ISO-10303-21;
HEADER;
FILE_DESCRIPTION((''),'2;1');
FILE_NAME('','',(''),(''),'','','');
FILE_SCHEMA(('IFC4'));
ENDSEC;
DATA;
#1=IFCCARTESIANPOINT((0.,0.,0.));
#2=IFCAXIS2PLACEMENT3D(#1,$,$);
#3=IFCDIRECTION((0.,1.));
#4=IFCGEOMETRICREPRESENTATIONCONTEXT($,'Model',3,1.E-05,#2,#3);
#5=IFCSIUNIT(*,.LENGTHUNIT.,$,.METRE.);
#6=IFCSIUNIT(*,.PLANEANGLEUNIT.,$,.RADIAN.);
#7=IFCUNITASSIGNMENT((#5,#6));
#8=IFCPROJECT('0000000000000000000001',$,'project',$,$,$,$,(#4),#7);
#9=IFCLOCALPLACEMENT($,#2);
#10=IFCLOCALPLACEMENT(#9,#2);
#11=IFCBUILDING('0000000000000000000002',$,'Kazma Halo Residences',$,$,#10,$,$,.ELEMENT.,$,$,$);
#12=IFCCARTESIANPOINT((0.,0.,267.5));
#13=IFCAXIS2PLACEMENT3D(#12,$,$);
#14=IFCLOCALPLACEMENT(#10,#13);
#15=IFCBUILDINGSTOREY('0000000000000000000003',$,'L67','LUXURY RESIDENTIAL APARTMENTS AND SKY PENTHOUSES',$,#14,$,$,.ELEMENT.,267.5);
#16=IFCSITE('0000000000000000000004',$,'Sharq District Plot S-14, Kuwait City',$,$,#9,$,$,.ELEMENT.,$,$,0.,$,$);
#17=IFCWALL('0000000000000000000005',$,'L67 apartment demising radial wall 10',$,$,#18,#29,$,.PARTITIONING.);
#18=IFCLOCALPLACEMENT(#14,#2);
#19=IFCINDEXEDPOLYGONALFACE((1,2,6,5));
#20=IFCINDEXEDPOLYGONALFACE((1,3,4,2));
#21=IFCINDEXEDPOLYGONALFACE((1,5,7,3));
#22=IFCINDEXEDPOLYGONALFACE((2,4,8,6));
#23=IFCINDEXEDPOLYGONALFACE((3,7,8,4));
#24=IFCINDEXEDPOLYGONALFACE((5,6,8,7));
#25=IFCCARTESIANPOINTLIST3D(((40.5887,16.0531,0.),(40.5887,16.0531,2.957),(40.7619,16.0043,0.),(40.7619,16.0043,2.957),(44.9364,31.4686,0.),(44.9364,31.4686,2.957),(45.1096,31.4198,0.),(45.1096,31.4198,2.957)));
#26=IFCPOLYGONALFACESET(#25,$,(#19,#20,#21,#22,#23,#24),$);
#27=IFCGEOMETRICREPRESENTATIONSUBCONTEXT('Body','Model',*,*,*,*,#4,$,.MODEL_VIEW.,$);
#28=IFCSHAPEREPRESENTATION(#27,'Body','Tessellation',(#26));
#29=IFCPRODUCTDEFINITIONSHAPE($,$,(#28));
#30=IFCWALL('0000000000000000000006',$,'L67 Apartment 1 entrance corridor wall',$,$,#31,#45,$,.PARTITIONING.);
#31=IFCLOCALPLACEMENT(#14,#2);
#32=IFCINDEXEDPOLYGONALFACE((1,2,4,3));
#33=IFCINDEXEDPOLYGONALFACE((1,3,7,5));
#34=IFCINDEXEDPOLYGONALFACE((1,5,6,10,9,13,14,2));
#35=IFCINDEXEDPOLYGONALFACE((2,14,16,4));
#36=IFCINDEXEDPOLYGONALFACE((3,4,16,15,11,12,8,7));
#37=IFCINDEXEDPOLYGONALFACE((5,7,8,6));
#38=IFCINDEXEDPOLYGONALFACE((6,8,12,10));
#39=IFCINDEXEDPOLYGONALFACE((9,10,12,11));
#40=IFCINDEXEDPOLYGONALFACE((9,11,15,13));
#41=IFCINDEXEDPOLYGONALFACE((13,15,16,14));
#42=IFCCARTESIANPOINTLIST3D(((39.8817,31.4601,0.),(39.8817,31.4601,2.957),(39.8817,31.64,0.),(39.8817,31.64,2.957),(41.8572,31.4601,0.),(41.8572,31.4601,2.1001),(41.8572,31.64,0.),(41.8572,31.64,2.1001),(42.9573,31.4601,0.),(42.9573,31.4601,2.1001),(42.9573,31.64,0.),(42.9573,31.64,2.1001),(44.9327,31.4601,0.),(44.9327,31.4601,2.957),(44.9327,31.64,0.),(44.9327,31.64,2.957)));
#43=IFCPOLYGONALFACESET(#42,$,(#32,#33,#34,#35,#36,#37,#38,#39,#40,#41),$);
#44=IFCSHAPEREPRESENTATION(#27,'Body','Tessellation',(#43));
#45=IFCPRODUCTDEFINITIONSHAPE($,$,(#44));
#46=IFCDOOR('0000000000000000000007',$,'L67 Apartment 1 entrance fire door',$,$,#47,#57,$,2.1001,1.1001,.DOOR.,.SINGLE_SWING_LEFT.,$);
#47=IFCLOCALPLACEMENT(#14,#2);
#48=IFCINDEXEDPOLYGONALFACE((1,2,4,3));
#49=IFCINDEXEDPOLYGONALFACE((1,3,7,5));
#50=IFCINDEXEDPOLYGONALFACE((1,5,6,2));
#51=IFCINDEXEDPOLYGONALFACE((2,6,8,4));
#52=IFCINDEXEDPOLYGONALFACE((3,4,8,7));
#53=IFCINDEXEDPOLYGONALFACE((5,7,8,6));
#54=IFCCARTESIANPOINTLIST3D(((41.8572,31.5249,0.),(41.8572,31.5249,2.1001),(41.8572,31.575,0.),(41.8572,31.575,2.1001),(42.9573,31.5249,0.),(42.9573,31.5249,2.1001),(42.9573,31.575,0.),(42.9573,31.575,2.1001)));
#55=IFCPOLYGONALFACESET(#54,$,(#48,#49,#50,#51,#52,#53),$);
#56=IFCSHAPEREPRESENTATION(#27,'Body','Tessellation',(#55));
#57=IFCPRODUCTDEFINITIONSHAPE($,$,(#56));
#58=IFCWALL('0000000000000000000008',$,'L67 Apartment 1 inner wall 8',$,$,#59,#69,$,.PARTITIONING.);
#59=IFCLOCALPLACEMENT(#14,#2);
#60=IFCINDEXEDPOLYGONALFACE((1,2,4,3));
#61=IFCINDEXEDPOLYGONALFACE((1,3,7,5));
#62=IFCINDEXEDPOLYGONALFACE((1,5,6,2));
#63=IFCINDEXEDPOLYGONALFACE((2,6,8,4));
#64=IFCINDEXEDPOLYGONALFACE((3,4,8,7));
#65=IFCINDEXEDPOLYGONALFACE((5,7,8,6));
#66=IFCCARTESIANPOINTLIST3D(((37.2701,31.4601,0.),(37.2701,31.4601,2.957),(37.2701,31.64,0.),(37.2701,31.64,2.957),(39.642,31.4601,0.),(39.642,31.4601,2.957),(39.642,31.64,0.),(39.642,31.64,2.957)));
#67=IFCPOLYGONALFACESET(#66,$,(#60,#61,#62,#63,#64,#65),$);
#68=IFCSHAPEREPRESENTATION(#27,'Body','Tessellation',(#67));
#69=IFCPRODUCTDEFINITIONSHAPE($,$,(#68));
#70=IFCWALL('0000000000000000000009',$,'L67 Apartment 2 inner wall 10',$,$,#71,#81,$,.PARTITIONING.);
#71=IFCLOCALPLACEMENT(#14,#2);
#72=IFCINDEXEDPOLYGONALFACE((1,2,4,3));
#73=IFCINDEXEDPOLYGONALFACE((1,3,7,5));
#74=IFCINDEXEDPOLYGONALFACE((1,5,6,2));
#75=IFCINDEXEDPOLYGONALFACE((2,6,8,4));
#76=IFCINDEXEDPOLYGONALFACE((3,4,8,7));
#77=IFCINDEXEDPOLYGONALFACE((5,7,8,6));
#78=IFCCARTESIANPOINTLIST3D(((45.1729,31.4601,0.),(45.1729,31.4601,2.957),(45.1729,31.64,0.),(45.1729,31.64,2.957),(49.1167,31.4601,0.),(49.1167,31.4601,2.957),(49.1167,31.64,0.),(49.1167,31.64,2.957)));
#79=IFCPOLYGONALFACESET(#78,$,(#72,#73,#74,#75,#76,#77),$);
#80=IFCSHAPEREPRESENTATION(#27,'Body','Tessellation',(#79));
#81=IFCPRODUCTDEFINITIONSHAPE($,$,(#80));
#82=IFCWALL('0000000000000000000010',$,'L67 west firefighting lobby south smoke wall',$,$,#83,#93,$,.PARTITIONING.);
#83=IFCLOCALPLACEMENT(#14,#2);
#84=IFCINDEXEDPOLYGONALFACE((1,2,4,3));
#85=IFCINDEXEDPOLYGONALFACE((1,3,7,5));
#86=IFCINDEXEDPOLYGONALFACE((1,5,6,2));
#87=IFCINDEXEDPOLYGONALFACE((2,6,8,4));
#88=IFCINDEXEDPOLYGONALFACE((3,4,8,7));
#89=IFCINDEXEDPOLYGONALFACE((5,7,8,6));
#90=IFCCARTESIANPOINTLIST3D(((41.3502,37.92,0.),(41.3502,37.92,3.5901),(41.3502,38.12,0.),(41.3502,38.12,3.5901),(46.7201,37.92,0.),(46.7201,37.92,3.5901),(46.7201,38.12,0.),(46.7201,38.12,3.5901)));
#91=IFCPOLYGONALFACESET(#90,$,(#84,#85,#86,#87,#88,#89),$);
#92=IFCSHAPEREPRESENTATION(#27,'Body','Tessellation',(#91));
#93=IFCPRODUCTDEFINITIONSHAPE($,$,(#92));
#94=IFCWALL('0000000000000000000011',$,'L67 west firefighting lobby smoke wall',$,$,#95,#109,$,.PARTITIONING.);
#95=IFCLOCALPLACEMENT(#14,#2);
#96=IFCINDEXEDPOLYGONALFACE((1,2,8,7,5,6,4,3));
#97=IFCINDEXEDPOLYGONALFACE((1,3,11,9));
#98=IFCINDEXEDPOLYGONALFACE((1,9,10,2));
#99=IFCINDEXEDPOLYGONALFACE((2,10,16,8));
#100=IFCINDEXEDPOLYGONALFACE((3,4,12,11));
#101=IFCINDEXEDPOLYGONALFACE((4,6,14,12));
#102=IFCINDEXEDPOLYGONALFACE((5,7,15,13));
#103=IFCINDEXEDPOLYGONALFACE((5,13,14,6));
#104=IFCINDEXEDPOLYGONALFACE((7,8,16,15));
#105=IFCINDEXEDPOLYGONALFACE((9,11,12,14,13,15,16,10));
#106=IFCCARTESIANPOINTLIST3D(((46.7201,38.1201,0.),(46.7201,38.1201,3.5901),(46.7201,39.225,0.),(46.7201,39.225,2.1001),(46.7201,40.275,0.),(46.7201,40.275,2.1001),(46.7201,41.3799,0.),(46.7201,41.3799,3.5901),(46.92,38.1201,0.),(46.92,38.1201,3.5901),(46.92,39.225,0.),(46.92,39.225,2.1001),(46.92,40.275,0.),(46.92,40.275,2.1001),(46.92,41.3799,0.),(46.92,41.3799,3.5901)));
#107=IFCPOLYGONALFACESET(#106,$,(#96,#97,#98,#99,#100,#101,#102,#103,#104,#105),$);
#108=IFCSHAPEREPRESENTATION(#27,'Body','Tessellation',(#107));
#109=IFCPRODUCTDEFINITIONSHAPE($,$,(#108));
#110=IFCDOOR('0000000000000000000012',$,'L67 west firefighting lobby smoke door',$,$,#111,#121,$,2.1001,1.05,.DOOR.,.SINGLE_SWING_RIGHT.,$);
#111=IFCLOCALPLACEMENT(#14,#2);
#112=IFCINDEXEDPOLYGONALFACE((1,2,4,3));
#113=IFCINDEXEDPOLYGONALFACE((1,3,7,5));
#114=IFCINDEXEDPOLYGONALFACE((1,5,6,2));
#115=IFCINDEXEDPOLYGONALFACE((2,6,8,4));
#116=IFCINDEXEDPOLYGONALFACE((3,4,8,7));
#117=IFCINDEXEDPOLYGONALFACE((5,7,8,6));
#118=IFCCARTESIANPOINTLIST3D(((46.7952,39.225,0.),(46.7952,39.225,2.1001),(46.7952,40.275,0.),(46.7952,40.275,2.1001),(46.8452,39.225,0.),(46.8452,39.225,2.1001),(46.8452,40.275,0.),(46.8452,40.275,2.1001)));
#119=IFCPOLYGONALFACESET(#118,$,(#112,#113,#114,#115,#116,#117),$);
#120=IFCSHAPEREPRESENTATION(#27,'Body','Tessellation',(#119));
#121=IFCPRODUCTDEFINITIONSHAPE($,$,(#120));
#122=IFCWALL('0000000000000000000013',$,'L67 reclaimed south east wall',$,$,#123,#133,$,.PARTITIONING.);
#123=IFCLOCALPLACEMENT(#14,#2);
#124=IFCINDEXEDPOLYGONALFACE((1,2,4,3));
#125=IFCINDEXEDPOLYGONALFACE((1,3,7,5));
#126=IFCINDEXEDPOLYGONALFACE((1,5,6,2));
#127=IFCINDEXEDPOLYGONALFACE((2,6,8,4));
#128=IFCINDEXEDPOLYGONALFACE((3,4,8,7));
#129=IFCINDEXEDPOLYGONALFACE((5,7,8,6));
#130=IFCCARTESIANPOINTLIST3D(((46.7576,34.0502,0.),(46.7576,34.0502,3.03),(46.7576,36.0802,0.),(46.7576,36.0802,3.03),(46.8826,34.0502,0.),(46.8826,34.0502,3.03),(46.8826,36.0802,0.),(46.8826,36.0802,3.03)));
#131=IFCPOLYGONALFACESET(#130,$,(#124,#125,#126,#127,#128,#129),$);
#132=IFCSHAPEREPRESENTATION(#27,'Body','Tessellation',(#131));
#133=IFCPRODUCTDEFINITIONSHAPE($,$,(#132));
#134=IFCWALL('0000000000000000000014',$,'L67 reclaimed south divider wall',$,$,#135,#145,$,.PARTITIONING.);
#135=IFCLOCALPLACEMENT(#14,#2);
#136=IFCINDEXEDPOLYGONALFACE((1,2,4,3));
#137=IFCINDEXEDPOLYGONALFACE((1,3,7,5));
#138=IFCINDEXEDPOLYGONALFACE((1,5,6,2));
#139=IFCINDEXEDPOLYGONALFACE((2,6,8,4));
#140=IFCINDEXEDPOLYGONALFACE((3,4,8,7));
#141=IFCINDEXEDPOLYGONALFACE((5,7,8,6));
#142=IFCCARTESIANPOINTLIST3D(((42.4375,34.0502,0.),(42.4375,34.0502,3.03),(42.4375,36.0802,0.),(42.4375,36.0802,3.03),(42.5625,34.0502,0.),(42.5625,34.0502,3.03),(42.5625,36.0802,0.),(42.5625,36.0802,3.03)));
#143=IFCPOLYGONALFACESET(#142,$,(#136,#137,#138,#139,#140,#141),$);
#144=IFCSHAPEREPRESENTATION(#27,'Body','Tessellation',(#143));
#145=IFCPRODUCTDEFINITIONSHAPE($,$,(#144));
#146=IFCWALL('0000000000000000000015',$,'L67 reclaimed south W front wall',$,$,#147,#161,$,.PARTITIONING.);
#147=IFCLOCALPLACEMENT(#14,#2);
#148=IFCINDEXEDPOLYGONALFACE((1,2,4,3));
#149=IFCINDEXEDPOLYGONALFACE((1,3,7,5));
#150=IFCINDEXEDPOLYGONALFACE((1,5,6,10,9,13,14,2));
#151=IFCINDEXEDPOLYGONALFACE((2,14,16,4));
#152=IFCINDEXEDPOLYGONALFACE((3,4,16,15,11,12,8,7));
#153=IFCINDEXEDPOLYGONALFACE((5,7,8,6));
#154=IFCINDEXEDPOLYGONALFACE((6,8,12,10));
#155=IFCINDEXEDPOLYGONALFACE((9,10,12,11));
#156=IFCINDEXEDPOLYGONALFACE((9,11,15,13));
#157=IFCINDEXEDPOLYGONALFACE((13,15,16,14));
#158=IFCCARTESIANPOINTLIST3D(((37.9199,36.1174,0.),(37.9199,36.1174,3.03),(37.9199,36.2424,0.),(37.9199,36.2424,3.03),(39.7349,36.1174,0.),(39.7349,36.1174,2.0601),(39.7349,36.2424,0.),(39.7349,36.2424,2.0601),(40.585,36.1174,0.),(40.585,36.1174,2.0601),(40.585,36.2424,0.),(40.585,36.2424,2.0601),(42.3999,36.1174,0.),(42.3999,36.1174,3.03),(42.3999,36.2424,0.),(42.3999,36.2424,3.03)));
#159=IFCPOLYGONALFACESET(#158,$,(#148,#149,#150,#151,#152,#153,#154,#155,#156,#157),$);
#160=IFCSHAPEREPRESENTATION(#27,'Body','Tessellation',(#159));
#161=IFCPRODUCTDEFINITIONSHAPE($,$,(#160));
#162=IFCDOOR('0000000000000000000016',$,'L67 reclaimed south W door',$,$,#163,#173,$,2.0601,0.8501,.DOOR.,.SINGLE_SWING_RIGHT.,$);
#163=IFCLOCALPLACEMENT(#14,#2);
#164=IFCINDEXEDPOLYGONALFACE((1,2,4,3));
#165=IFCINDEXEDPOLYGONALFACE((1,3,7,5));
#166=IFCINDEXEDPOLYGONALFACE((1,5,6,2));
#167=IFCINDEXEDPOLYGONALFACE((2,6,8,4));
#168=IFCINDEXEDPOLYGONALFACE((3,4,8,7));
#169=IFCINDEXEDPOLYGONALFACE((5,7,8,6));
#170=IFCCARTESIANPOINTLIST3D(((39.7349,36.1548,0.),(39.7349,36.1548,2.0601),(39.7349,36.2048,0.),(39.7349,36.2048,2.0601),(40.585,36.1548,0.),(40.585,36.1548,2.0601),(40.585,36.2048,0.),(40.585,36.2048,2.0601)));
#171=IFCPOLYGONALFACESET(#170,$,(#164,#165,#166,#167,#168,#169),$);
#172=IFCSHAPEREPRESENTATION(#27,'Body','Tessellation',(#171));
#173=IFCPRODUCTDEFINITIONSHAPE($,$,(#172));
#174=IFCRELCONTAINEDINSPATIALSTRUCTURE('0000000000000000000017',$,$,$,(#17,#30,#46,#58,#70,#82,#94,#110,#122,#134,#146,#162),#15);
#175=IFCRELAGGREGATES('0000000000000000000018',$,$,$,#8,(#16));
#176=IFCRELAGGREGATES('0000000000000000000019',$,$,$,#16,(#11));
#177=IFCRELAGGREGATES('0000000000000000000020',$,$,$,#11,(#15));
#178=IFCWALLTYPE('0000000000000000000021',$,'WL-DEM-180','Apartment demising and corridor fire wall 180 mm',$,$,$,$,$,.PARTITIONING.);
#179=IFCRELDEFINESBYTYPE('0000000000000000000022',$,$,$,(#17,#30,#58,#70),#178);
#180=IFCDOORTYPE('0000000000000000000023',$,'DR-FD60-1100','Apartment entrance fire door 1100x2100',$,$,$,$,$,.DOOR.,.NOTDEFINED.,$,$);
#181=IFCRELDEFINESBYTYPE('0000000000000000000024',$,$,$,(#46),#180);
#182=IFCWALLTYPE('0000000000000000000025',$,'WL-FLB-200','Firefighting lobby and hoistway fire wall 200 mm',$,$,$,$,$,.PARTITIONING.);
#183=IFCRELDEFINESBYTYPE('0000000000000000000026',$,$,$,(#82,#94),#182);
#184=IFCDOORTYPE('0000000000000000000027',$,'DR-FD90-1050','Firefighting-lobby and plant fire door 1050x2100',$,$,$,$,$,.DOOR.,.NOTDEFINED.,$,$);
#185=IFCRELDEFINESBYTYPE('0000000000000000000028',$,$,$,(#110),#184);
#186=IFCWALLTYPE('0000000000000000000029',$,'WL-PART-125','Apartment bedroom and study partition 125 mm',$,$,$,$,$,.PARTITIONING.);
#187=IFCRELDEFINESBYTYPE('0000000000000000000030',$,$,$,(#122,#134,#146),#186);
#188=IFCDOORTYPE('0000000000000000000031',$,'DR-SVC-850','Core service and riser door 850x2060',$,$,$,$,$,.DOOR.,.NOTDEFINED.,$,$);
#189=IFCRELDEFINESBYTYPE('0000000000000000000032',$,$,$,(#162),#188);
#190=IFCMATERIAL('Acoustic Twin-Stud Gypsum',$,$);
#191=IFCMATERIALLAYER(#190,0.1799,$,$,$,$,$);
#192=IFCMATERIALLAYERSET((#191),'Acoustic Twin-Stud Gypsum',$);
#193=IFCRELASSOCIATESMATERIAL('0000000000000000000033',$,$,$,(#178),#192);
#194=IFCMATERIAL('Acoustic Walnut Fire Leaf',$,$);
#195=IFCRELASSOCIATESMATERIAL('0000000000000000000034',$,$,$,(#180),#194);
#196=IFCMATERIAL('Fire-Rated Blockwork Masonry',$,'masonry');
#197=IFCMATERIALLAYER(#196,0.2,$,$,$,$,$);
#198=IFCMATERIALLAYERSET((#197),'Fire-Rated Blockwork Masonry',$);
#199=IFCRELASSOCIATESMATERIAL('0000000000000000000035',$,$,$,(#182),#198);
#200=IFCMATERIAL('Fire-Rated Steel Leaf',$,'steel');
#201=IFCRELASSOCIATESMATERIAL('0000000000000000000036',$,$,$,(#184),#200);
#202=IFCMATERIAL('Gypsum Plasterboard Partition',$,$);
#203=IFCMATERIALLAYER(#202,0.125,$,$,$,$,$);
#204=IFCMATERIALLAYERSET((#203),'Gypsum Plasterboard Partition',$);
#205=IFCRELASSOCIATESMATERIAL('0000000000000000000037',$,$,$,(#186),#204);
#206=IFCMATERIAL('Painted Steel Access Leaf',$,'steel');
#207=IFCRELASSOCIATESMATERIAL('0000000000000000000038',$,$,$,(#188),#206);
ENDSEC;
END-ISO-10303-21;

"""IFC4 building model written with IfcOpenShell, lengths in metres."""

from ifc_helpers import new_model, si_unit, direction, frame, frame_2d, origin, place, context, subcontext, project, spatial, rectangle, extrude, material, layer, layer_set, type_object, element, fill, save


model = new_model("IFC4")

# Units and contexts
model_context = context("Model", 3, precision=1e-05, world=origin(), true_north=direction((0.0, 1.0)))
body_context = subcontext(model_context, "Body", "Model", "MODEL_VIEW")
ifc_project = project(units=[si_unit("LENGTHUNIT", "METRE"), si_unit("PLANEANGLEUNIT", "RADIAN")], contexts=[model_context])

# Site, building, storey
site_placement = place(None, origin())
site = spatial("IfcSite", under=ifc_project, at=site_placement, Name="Sharq District Plot S-14, Kuwait City", CompositionType="ELEMENT", RefElevation=0.0)
building_placement = place(site_placement, origin())
building = spatial("IfcBuilding", under=site, at=building_placement, Name="Kazma Halo Residences", CompositionType="ELEMENT")
storey_placement = place(building_placement, frame((0.0, 0.0, 267.5)))
storey = spatial("IfcBuildingStorey", under=building, at=storey_placement, Name="L67", Description="LUXURY RESIDENTIAL APARTMENTS AND SKY PENTHOUSES", CompositionType="ELEMENT", Elevation=267.5)

# Wall
ifc_material_1 = material(Name="Acoustic Twin-Stud Gypsum")
ifc_layer_1 = layer(ifc_material_1, 0.1799)
ifc_layer_set_1 = layer_set([ifc_layer_1], Name="Acoustic Twin-Stud Gypsum")
wall_type_1 = type_object("IfcWallType", Name="WL-DEM-180", Description="Apartment demising and corridor fire wall 180 mm", PredefinedType="PARTITIONING", material=ifc_layer_set_1)
wall_1_placement = place(storey_placement, frame((45.0229, 31.4441, 0.0), z_axis=(0.0, 0.0, 1.0), x_axis=(-0.271442, -0.962455, 0.0)))
element("IfcWall", 1, at=wall_1_placement, inside=storey, type_object=wall_type_1, Name="L67 apartment demising radial wall 10", PredefinedType="PARTITIONING", context=body_context, shape_type="SweptSolid", body=[
    extrude(rectangle(XDim=16.0168, YDim=0.1799, at=frame_2d((8.0083, 0.0))), origin(), (0.0, 0.0, 1.0), 2.957),
])

# Wall, opening, door
wall_2_placement = place(storey_placement, frame((39.8818, 31.55, 0.0), z_axis=(0.0, 0.0, 1.0), x_axis=(1.0, 0.0, 0.0)))
wall_2 = element("IfcWall", 2, at=wall_2_placement, inside=storey, type_object=wall_type_1, Name="L67 Apartment 1 entrance corridor wall", PredefinedType="PARTITIONING", context=body_context, shape_type="SweptSolid", body=[
    extrude(rectangle(XDim=5.051, YDim=0.1799, at=frame_2d((2.5254, 0.0))), origin(), (0.0, 0.0, 1.0), 2.957),
])
opening_1_placement = place(wall_2_placement, frame((1.9753, 0.0, 0.0)))
opening_1 = element("IfcOpeningElement", 3, at=opening_1_placement, cuts=wall_2, PredefinedType="OPENING", context=body_context, shape_type="SweptSolid", body=[
    extrude(rectangle(XDim=1.1001, YDim=2.1001, at=frame_2d((0.55, 1.05))), frame((0.0, 0.0999, 0.0), z_axis=(0.0, -1.0, 0.0), x_axis=(1.0, 0.0, 0.0)), (0.0, 0.0, 1.0), 0.2),
])
ifc_material_2 = material(Name="Acoustic Walnut Fire Leaf")
door_type_1 = type_object("IfcDoorType", Name="DR-FD60-1100", Description="Apartment entrance fire door 1100x2100", OperationType="NOTDEFINED", PredefinedType="DOOR", material=ifc_material_2)
door_1_placement = place(opening_1_placement, origin())
door_1 = element("IfcDoor", 4, at=door_1_placement, inside=storey, type_object=door_type_1, Name="L67 Apartment 1 entrance fire door", OperationType="SINGLE_SWING_LEFT", OverallHeight=2.1001, OverallWidth=1.1001, PredefinedType="DOOR", context=body_context, shape_type="SweptSolid", body=[
    extrude(rectangle(XDim=1.1001, YDim=2.1001, at=frame_2d((0.55, 1.05))), frame((0.0, 0.0249, 0.0), z_axis=(0.0, -1.0, 0.0), x_axis=(1.0, 0.0, 0.0)), (0.0, 0.0, 1.0), 0.05),
])
fill(opening_1, door_1)

# Walls
wall_3_placement = place(storey_placement, frame((37.27, 31.55, 0.0), z_axis=(0.0, 0.0, 1.0), x_axis=(1.0, 0.0, 0.0)))
element("IfcWall", 5, at=wall_3_placement, inside=storey, type_object=wall_type_1, Name="L67 Apartment 1 inner wall 8", PredefinedType="PARTITIONING", context=body_context, shape_type="SweptSolid", body=[
    extrude(rectangle(XDim=2.3718, YDim=0.1799, at=frame_2d((1.186, 0.0))), origin(), (0.0, 0.0, 1.0), 2.957),
])
wall_4_placement = place(storey_placement, frame((45.1729, 31.55, 0.0), z_axis=(0.0, 0.0, 1.0), x_axis=(1.0, 0.0, 0.0)))
element("IfcWall", 6, at=wall_4_placement, inside=storey, type_object=wall_type_1, Name="L67 Apartment 2 inner wall 10", PredefinedType="PARTITIONING", context=body_context, shape_type="SweptSolid", body=[
    extrude(rectangle(XDim=3.9438, YDim=0.1799, at=frame_2d((1.9719, 0.0))), origin(), (0.0, 0.0, 1.0), 2.957),
])
ifc_material_3 = material(Name="Fire-Rated Blockwork Masonry", Category="masonry")
ifc_layer_2 = layer(ifc_material_3, 0.2)
ifc_layer_set_2 = layer_set([ifc_layer_2], Name="Fire-Rated Blockwork Masonry")
wall_type_2 = type_object("IfcWallType", Name="WL-FLB-200", Description="Firefighting lobby and hoistway fire wall 200 mm", PredefinedType="PARTITIONING", material=ifc_layer_set_2)
wall_5_placement = place(storey_placement, frame((41.3501, 38.02, 0.0), z_axis=(0.0, 0.0, 1.0), x_axis=(1.0, 0.0, 0.0)))
element("IfcWall", 7, at=wall_5_placement, inside=storey, type_object=wall_type_2, Name="L67 west firefighting lobby south smoke wall", PredefinedType="PARTITIONING", context=body_context, shape_type="SweptSolid", body=[
    extrude(rectangle(XDim=5.3699, YDim=0.2, at=frame_2d((2.6851, 0.0))), origin(), (0.0, 0.0, 1.0), 3.5901),
])

# Wall, opening, door
wall_6_placement = place(storey_placement, frame((46.8201, 38.1201, 0.0), z_axis=(0.0, 0.0, 1.0), x_axis=(0.0, 1.0, 0.0)))
wall_6 = element("IfcWall", 8, at=wall_6_placement, inside=storey, type_object=wall_type_2, Name="L67 west firefighting lobby smoke wall", PredefinedType="PARTITIONING", context=body_context, shape_type="SweptSolid", body=[
    extrude(rectangle(XDim=3.2598, YDim=0.2, at=frame_2d((1.6299, 0.0))), origin(), (0.0, 0.0, 1.0), 3.5901),
])
opening_2_placement = place(wall_6_placement, frame((1.105, 0.0, 0.0)))
opening_2 = element("IfcOpeningElement", 9, at=opening_2_placement, cuts=wall_6, PredefinedType="OPENING", context=body_context, shape_type="SweptSolid", body=[
    extrude(rectangle(XDim=1.05, YDim=2.1001, at=frame_2d((0.5249, 1.05))), frame((0.0, 0.1099, 0.0), z_axis=(0.0, -1.0, 0.0), x_axis=(1.0, 0.0, 0.0)), (0.0, 0.0, 1.0), 0.22),
])
ifc_material_4 = material(Name="Fire-Rated Steel Leaf", Category="steel")
door_type_2 = type_object("IfcDoorType", Name="DR-FD90-1050", Description="Firefighting-lobby and plant fire door 1050x2100", OperationType="NOTDEFINED", PredefinedType="DOOR", material=ifc_material_4)
door_2_placement = place(opening_2_placement, origin())
door_2 = element("IfcDoor", 10, at=door_2_placement, inside=storey, type_object=door_type_2, Name="L67 west firefighting lobby smoke door", OperationType="SINGLE_SWING_RIGHT", OverallHeight=2.1001, OverallWidth=1.05, PredefinedType="DOOR", context=body_context, shape_type="SweptSolid", body=[
    extrude(rectangle(XDim=1.05, YDim=2.1001, at=frame_2d((0.5249, 1.05))), frame((0.0, 0.0249, 0.0), z_axis=(0.0, -1.0, 0.0), x_axis=(1.0, 0.0, 0.0)), (0.0, 0.0, 1.0), 0.05),
])
fill(opening_2, door_2)

# Walls
ifc_material_5 = material(Name="Gypsum Plasterboard Partition")
ifc_layer_3 = layer(ifc_material_5, 0.125)
ifc_layer_set_3 = layer_set([ifc_layer_3], Name="Gypsum Plasterboard Partition")
wall_type_3 = type_object("IfcWallType", Name="WL-PART-125", Description="Apartment bedroom and study partition 125 mm", PredefinedType="PARTITIONING", material=ifc_layer_set_3)
for number, where, z_axis, x_axis, name in (
    (11, (46.8201, 34.05, 0.0), (0.0, 0.0, 1.0), (0.0, 1.0, 0.0), "L67 reclaimed south east wall"),
    (12, (42.5, 34.05, 0.0), (0.0, 0.0, 1.0), (0.0, 1.0, 0.0), "L67 reclaimed south divider wall"),
):
    element("IfcWall", number, at=place(storey_placement, frame(where, z_axis=z_axis, x_axis=x_axis)), inside=storey, type_object=wall_type_3, Name=name, PredefinedType="PARTITIONING", context=body_context, shape_type="SweptSolid", body=[
        extrude(rectangle(XDim=2.03, YDim=0.125, at=frame_2d((1.0151, 0.0))), origin(), (0.0, 0.0, 1.0), 3.03),
    ])

# Wall, opening, door
wall_7_placement = place(storey_placement, frame((37.9199, 36.1799, 0.0), z_axis=(0.0, 0.0, 1.0), x_axis=(1.0, 0.0, 0.0)))
wall_7 = element("IfcWall", 13, at=wall_7_placement, inside=storey, type_object=wall_type_3, Name="L67 reclaimed south W front wall", PredefinedType="PARTITIONING", context=body_context, shape_type="SweptSolid", body=[
    extrude(rectangle(XDim=4.48, YDim=0.125, at=frame_2d((2.24, 0.0))), origin(), (0.0, 0.0, 1.0), 3.03),
])
opening_3_placement = place(wall_7_placement, frame((1.8149, 0.0, 0.0)))
opening_3 = element("IfcOpeningElement", 14, at=opening_3_placement, cuts=wall_7, PredefinedType="OPENING", context=body_context, shape_type="SweptSolid", body=[
    extrude(rectangle(XDim=0.8501, YDim=2.0601, at=frame_2d((0.425, 1.03))), frame((0.0, 0.0725, 0.0), z_axis=(0.0, -1.0, 0.0), x_axis=(1.0, 0.0, 0.0)), (0.0, 0.0, 1.0), 0.145),
])
ifc_material_6 = material(Name="Painted Steel Access Leaf", Category="steel")
door_type_3 = type_object("IfcDoorType", Name="DR-SVC-850", Description="Core service and riser door 850x2060", OperationType="NOTDEFINED", PredefinedType="DOOR", material=ifc_material_6)
door_3_placement = place(opening_3_placement, origin())
door_3 = element("IfcDoor", 15, at=door_3_placement, inside=storey, type_object=door_type_3, Name="L67 reclaimed south W door", OperationType="SINGLE_SWING_RIGHT", OverallHeight=2.0601, OverallWidth=0.8501, PredefinedType="DOOR", context=body_context, shape_type="SweptSolid", body=[
    extrude(rectangle(XDim=0.8501, YDim=2.0601, at=frame_2d((0.425, 1.03))), frame((0.0, 0.0249, 0.0), z_axis=(0.0, -1.0, 0.0), x_axis=(1.0, 0.0, 0.0)), (0.0, 0.0, 1.0), 0.05),
])
fill(opening_3, door_3)

save(model, "model.ifc")
